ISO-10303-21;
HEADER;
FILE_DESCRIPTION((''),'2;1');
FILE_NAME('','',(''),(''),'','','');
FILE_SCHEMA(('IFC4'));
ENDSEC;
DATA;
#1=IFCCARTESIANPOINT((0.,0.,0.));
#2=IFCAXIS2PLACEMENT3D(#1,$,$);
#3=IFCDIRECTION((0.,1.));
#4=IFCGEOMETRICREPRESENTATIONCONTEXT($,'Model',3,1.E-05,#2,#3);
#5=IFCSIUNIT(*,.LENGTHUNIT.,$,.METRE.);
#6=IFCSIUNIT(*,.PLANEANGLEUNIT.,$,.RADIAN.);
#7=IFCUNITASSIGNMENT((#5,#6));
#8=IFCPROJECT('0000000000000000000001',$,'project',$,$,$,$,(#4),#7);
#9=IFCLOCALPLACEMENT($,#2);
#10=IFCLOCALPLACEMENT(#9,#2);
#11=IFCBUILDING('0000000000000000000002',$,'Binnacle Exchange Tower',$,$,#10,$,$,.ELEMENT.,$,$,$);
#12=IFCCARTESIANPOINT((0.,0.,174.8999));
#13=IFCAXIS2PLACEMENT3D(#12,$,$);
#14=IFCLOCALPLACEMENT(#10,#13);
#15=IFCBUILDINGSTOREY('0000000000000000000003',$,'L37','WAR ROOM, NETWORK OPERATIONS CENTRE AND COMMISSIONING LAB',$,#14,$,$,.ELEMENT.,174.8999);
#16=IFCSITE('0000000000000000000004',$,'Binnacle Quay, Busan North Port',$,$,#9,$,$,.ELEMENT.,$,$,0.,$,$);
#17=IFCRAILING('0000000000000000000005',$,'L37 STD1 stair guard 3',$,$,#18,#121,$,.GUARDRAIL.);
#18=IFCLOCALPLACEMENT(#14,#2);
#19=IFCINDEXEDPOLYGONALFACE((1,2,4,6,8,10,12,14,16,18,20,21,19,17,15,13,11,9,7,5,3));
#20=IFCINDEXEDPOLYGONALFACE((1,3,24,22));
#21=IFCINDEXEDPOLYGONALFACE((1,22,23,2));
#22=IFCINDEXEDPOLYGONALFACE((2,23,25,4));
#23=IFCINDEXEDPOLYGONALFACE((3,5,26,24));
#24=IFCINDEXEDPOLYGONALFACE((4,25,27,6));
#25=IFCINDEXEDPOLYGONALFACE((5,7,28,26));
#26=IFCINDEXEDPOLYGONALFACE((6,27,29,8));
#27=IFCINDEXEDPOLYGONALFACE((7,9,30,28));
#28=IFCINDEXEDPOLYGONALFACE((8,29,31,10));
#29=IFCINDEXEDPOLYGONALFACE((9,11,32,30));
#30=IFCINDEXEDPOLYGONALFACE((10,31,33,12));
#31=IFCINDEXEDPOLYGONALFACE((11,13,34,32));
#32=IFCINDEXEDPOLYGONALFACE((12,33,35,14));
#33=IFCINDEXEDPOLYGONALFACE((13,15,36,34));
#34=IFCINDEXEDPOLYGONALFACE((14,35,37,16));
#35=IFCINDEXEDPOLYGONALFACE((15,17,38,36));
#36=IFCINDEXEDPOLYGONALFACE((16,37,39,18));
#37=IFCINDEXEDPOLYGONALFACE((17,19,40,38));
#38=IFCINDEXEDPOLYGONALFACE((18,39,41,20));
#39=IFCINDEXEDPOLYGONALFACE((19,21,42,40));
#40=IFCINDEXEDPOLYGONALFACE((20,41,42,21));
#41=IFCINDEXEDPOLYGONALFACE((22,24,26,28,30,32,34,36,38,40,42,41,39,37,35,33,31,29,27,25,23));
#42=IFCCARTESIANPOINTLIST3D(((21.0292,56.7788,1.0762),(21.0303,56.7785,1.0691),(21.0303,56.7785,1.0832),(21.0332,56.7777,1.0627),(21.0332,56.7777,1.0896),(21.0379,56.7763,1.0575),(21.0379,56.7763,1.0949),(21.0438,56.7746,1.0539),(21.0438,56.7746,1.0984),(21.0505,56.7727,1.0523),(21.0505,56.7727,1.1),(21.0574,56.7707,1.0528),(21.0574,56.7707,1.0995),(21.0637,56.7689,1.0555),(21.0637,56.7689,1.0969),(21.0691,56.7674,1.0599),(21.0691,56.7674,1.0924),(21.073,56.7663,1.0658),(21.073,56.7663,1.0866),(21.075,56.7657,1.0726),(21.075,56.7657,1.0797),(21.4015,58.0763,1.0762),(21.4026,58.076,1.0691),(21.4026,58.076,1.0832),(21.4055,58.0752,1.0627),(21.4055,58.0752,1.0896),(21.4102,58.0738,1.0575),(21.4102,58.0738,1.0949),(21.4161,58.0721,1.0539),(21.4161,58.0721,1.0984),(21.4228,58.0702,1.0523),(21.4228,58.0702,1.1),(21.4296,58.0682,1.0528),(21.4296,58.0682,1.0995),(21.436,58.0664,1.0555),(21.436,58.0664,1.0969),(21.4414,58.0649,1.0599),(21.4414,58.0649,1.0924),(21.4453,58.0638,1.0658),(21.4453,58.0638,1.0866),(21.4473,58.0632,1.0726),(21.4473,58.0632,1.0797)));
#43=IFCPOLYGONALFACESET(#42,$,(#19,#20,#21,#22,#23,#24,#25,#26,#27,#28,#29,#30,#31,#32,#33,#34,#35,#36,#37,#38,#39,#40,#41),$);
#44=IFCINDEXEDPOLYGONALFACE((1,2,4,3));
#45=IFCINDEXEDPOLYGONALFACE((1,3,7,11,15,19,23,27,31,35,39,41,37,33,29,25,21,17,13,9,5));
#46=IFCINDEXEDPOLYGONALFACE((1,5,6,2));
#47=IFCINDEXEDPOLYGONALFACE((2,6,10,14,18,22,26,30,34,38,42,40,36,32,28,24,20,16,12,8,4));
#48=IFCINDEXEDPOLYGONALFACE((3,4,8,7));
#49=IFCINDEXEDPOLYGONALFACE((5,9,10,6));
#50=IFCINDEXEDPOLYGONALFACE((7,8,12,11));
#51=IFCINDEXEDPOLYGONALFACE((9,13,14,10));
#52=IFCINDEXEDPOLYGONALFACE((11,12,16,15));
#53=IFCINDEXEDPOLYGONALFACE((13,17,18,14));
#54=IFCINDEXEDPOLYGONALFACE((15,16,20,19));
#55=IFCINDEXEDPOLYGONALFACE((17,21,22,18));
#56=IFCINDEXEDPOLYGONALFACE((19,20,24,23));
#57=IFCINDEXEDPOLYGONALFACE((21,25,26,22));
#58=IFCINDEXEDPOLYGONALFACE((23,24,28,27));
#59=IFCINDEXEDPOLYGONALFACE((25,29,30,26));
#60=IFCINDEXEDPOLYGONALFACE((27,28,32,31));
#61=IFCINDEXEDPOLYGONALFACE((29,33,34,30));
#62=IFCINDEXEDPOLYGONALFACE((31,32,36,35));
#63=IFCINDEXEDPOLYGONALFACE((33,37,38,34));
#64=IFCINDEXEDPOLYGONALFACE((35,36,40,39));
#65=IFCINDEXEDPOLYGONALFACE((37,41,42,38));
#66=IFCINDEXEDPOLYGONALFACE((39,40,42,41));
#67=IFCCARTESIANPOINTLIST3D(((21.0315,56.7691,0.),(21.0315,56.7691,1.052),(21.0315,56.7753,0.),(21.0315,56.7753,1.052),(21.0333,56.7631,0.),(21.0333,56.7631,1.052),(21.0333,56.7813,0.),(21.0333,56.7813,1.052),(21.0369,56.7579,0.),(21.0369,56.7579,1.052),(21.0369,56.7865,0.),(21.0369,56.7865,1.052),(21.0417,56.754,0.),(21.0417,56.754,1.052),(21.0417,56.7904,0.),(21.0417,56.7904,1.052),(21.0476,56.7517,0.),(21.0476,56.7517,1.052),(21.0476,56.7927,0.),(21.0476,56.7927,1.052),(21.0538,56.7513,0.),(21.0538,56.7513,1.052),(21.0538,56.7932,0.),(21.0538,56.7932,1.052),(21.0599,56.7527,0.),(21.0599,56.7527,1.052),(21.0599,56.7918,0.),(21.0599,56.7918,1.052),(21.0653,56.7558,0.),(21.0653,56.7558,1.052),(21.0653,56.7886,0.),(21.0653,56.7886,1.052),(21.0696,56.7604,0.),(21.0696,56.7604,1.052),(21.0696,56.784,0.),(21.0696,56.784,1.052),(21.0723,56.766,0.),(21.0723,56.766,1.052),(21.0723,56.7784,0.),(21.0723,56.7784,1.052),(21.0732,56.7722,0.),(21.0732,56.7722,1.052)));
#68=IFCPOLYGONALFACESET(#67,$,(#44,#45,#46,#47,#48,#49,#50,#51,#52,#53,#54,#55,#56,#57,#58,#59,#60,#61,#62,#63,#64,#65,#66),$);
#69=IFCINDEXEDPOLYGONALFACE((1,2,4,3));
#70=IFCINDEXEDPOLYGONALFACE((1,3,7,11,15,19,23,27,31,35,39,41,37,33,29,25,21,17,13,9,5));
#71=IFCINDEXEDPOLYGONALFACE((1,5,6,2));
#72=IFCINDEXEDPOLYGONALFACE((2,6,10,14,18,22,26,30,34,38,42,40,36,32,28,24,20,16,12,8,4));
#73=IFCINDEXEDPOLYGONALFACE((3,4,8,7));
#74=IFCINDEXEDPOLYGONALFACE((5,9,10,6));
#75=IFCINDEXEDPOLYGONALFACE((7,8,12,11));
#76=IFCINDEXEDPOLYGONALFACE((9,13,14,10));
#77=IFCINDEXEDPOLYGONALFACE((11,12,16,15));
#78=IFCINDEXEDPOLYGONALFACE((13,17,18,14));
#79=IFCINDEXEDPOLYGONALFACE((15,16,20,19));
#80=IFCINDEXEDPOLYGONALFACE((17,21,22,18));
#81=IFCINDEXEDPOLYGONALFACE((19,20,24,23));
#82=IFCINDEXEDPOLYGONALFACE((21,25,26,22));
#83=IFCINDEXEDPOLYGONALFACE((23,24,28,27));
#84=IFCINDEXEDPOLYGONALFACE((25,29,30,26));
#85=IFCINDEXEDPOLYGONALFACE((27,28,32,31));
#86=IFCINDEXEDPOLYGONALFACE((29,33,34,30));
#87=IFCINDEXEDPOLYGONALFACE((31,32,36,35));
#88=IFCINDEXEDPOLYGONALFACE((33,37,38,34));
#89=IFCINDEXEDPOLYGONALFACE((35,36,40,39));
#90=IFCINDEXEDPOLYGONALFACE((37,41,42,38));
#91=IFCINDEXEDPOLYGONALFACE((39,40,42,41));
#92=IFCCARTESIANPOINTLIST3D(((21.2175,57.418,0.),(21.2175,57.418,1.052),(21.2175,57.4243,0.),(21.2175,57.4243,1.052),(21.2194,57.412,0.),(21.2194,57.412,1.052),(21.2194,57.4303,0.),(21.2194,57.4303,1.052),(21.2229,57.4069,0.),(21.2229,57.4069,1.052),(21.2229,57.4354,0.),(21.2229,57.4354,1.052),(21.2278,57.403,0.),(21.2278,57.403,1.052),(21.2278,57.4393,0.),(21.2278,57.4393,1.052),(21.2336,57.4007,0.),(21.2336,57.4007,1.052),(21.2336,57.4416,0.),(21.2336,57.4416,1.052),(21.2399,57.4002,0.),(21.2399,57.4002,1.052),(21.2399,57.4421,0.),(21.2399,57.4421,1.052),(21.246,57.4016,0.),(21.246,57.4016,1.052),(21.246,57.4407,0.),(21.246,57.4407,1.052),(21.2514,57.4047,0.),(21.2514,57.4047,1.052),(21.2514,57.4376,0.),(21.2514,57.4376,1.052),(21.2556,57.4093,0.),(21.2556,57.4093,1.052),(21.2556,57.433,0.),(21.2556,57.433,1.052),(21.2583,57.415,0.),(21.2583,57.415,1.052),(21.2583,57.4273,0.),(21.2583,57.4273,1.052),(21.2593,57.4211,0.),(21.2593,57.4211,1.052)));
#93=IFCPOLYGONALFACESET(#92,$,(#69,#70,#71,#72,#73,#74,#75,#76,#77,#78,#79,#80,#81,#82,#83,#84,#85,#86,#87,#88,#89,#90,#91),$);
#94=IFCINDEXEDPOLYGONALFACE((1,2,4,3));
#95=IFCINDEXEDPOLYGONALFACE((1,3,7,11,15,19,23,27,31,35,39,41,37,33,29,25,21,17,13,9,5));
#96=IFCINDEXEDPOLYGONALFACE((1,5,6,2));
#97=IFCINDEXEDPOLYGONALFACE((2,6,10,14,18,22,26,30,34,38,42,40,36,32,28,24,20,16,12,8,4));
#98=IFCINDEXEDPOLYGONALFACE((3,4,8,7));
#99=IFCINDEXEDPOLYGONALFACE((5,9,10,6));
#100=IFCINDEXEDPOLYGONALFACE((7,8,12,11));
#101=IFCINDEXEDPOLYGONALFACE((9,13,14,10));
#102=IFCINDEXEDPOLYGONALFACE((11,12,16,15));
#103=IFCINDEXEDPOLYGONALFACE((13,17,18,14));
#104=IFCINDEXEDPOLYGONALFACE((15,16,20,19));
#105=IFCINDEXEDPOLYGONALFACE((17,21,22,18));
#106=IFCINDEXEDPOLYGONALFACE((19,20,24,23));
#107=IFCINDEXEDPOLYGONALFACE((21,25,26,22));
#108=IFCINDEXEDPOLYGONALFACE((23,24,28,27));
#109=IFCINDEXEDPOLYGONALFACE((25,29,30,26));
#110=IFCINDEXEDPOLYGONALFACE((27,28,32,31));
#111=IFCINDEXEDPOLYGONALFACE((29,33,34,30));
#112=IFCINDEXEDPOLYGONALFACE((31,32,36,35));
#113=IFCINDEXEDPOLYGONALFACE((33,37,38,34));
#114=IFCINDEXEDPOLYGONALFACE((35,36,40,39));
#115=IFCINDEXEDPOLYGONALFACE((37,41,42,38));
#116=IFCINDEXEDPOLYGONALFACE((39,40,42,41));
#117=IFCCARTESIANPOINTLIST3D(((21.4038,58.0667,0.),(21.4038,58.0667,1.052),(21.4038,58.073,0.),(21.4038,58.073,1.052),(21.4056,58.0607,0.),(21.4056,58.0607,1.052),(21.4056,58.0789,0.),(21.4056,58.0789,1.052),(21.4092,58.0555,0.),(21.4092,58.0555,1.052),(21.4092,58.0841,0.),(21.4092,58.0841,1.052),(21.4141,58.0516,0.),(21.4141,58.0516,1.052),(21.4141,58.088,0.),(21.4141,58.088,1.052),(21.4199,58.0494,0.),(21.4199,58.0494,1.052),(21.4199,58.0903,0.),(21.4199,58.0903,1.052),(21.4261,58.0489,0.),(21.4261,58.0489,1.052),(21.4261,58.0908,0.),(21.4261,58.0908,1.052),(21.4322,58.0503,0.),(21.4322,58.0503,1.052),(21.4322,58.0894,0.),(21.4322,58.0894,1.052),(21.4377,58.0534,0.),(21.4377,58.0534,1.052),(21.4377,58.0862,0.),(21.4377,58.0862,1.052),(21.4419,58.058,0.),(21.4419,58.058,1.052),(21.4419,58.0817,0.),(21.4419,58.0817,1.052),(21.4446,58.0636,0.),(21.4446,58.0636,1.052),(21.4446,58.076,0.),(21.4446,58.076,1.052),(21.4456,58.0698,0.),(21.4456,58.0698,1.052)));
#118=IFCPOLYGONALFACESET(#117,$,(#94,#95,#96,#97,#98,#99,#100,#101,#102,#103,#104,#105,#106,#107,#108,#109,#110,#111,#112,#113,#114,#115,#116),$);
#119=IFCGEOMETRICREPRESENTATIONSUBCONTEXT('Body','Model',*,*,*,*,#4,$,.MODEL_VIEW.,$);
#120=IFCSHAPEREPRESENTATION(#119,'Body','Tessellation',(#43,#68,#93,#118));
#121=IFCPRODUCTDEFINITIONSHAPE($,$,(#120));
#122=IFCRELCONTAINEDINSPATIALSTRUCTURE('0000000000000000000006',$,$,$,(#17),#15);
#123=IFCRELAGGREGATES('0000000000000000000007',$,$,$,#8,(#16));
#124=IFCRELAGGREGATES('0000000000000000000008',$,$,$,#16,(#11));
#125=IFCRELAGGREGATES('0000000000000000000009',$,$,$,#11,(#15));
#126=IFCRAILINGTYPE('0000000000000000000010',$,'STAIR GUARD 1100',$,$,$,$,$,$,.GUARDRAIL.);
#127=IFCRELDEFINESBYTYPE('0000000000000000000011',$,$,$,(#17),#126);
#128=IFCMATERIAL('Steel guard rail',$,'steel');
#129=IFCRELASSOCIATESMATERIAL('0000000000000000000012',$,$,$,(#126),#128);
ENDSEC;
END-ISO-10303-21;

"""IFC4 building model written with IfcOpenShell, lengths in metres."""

from ifc_helpers import new_model, si_unit, direction, frame, origin, origin_2d, place, context, subcontext, project, spatial, circle, extrude, material, type_object, element, save


model = new_model("IFC4")

# Units and contexts
model_context = context("Model", 3, precision=1e-05, world=origin(), true_north=direction((0.0, 1.0)))
body_context = subcontext(model_context, "Body", "Model", "MODEL_VIEW")
ifc_project = project(units=[si_unit("LENGTHUNIT", "METRE"), si_unit("PLANEANGLEUNIT", "RADIAN")], contexts=[model_context])

# Site, building, storey
site_placement = place(None, origin())
site = spatial("IfcSite", under=ifc_project, at=site_placement, Name="Binnacle Quay, Busan North Port", CompositionType="ELEMENT", RefElevation=0.0)
building_placement = place(site_placement, origin())
building = spatial("IfcBuilding", under=site, at=building_placement, Name="Binnacle Exchange Tower", CompositionType="ELEMENT")
storey_placement = place(building_placement, frame((0.0, 0.0, 174.8999)))
storey = spatial("IfcBuildingStorey", under=building, at=storey_placement, Name="L37", Description="WAR ROOM, NETWORK OPERATIONS CENTRE AND COMMISSIONING LAB", CompositionType="ELEMENT", Elevation=174.8999)

# Railing
ifc_material_1 = material(Name="Steel guard rail", Category="steel")
railing_type_1 = type_object("IfcRailingType", Name="STAIR GUARD 1100", PredefinedType="GUARDRAIL", material=ifc_material_1)
railing_1_placement = place(storey_placement, frame((21.0522, 56.7722, 0.0)))
element("IfcRailing", 1, at=railing_1_placement, inside=storey, type_object=railing_type_1, Name="L37 STD1 stair guard 3", PredefinedType="GUARDRAIL", context=body_context, shape_type="SweptSolid", body=[
    extrude(circle(Radius=0.0239, at=origin_2d()), frame((0.0, 0.0, 1.0762), z_axis=(0.275796, 0.961216, 0.0), x_axis=(-0.961216, 0.275796, 0.0)), (0.0, 0.0, 1.0), 1.3499),
    extrude(circle(Radius=0.021, at=origin_2d()), origin(), (0.0, 0.0, 1.0), 1.052),
    extrude(circle(Radius=0.021, at=origin_2d()), frame((0.186, 0.6489, 0.0)), (0.0, 0.0, 1.0), 1.052),
    extrude(circle(Radius=0.021, at=origin_2d()), frame((0.3723, 1.2976, 0.0)), (0.0, 0.0, 1.0), 1.052),
])

save(model, "model.ifc")
